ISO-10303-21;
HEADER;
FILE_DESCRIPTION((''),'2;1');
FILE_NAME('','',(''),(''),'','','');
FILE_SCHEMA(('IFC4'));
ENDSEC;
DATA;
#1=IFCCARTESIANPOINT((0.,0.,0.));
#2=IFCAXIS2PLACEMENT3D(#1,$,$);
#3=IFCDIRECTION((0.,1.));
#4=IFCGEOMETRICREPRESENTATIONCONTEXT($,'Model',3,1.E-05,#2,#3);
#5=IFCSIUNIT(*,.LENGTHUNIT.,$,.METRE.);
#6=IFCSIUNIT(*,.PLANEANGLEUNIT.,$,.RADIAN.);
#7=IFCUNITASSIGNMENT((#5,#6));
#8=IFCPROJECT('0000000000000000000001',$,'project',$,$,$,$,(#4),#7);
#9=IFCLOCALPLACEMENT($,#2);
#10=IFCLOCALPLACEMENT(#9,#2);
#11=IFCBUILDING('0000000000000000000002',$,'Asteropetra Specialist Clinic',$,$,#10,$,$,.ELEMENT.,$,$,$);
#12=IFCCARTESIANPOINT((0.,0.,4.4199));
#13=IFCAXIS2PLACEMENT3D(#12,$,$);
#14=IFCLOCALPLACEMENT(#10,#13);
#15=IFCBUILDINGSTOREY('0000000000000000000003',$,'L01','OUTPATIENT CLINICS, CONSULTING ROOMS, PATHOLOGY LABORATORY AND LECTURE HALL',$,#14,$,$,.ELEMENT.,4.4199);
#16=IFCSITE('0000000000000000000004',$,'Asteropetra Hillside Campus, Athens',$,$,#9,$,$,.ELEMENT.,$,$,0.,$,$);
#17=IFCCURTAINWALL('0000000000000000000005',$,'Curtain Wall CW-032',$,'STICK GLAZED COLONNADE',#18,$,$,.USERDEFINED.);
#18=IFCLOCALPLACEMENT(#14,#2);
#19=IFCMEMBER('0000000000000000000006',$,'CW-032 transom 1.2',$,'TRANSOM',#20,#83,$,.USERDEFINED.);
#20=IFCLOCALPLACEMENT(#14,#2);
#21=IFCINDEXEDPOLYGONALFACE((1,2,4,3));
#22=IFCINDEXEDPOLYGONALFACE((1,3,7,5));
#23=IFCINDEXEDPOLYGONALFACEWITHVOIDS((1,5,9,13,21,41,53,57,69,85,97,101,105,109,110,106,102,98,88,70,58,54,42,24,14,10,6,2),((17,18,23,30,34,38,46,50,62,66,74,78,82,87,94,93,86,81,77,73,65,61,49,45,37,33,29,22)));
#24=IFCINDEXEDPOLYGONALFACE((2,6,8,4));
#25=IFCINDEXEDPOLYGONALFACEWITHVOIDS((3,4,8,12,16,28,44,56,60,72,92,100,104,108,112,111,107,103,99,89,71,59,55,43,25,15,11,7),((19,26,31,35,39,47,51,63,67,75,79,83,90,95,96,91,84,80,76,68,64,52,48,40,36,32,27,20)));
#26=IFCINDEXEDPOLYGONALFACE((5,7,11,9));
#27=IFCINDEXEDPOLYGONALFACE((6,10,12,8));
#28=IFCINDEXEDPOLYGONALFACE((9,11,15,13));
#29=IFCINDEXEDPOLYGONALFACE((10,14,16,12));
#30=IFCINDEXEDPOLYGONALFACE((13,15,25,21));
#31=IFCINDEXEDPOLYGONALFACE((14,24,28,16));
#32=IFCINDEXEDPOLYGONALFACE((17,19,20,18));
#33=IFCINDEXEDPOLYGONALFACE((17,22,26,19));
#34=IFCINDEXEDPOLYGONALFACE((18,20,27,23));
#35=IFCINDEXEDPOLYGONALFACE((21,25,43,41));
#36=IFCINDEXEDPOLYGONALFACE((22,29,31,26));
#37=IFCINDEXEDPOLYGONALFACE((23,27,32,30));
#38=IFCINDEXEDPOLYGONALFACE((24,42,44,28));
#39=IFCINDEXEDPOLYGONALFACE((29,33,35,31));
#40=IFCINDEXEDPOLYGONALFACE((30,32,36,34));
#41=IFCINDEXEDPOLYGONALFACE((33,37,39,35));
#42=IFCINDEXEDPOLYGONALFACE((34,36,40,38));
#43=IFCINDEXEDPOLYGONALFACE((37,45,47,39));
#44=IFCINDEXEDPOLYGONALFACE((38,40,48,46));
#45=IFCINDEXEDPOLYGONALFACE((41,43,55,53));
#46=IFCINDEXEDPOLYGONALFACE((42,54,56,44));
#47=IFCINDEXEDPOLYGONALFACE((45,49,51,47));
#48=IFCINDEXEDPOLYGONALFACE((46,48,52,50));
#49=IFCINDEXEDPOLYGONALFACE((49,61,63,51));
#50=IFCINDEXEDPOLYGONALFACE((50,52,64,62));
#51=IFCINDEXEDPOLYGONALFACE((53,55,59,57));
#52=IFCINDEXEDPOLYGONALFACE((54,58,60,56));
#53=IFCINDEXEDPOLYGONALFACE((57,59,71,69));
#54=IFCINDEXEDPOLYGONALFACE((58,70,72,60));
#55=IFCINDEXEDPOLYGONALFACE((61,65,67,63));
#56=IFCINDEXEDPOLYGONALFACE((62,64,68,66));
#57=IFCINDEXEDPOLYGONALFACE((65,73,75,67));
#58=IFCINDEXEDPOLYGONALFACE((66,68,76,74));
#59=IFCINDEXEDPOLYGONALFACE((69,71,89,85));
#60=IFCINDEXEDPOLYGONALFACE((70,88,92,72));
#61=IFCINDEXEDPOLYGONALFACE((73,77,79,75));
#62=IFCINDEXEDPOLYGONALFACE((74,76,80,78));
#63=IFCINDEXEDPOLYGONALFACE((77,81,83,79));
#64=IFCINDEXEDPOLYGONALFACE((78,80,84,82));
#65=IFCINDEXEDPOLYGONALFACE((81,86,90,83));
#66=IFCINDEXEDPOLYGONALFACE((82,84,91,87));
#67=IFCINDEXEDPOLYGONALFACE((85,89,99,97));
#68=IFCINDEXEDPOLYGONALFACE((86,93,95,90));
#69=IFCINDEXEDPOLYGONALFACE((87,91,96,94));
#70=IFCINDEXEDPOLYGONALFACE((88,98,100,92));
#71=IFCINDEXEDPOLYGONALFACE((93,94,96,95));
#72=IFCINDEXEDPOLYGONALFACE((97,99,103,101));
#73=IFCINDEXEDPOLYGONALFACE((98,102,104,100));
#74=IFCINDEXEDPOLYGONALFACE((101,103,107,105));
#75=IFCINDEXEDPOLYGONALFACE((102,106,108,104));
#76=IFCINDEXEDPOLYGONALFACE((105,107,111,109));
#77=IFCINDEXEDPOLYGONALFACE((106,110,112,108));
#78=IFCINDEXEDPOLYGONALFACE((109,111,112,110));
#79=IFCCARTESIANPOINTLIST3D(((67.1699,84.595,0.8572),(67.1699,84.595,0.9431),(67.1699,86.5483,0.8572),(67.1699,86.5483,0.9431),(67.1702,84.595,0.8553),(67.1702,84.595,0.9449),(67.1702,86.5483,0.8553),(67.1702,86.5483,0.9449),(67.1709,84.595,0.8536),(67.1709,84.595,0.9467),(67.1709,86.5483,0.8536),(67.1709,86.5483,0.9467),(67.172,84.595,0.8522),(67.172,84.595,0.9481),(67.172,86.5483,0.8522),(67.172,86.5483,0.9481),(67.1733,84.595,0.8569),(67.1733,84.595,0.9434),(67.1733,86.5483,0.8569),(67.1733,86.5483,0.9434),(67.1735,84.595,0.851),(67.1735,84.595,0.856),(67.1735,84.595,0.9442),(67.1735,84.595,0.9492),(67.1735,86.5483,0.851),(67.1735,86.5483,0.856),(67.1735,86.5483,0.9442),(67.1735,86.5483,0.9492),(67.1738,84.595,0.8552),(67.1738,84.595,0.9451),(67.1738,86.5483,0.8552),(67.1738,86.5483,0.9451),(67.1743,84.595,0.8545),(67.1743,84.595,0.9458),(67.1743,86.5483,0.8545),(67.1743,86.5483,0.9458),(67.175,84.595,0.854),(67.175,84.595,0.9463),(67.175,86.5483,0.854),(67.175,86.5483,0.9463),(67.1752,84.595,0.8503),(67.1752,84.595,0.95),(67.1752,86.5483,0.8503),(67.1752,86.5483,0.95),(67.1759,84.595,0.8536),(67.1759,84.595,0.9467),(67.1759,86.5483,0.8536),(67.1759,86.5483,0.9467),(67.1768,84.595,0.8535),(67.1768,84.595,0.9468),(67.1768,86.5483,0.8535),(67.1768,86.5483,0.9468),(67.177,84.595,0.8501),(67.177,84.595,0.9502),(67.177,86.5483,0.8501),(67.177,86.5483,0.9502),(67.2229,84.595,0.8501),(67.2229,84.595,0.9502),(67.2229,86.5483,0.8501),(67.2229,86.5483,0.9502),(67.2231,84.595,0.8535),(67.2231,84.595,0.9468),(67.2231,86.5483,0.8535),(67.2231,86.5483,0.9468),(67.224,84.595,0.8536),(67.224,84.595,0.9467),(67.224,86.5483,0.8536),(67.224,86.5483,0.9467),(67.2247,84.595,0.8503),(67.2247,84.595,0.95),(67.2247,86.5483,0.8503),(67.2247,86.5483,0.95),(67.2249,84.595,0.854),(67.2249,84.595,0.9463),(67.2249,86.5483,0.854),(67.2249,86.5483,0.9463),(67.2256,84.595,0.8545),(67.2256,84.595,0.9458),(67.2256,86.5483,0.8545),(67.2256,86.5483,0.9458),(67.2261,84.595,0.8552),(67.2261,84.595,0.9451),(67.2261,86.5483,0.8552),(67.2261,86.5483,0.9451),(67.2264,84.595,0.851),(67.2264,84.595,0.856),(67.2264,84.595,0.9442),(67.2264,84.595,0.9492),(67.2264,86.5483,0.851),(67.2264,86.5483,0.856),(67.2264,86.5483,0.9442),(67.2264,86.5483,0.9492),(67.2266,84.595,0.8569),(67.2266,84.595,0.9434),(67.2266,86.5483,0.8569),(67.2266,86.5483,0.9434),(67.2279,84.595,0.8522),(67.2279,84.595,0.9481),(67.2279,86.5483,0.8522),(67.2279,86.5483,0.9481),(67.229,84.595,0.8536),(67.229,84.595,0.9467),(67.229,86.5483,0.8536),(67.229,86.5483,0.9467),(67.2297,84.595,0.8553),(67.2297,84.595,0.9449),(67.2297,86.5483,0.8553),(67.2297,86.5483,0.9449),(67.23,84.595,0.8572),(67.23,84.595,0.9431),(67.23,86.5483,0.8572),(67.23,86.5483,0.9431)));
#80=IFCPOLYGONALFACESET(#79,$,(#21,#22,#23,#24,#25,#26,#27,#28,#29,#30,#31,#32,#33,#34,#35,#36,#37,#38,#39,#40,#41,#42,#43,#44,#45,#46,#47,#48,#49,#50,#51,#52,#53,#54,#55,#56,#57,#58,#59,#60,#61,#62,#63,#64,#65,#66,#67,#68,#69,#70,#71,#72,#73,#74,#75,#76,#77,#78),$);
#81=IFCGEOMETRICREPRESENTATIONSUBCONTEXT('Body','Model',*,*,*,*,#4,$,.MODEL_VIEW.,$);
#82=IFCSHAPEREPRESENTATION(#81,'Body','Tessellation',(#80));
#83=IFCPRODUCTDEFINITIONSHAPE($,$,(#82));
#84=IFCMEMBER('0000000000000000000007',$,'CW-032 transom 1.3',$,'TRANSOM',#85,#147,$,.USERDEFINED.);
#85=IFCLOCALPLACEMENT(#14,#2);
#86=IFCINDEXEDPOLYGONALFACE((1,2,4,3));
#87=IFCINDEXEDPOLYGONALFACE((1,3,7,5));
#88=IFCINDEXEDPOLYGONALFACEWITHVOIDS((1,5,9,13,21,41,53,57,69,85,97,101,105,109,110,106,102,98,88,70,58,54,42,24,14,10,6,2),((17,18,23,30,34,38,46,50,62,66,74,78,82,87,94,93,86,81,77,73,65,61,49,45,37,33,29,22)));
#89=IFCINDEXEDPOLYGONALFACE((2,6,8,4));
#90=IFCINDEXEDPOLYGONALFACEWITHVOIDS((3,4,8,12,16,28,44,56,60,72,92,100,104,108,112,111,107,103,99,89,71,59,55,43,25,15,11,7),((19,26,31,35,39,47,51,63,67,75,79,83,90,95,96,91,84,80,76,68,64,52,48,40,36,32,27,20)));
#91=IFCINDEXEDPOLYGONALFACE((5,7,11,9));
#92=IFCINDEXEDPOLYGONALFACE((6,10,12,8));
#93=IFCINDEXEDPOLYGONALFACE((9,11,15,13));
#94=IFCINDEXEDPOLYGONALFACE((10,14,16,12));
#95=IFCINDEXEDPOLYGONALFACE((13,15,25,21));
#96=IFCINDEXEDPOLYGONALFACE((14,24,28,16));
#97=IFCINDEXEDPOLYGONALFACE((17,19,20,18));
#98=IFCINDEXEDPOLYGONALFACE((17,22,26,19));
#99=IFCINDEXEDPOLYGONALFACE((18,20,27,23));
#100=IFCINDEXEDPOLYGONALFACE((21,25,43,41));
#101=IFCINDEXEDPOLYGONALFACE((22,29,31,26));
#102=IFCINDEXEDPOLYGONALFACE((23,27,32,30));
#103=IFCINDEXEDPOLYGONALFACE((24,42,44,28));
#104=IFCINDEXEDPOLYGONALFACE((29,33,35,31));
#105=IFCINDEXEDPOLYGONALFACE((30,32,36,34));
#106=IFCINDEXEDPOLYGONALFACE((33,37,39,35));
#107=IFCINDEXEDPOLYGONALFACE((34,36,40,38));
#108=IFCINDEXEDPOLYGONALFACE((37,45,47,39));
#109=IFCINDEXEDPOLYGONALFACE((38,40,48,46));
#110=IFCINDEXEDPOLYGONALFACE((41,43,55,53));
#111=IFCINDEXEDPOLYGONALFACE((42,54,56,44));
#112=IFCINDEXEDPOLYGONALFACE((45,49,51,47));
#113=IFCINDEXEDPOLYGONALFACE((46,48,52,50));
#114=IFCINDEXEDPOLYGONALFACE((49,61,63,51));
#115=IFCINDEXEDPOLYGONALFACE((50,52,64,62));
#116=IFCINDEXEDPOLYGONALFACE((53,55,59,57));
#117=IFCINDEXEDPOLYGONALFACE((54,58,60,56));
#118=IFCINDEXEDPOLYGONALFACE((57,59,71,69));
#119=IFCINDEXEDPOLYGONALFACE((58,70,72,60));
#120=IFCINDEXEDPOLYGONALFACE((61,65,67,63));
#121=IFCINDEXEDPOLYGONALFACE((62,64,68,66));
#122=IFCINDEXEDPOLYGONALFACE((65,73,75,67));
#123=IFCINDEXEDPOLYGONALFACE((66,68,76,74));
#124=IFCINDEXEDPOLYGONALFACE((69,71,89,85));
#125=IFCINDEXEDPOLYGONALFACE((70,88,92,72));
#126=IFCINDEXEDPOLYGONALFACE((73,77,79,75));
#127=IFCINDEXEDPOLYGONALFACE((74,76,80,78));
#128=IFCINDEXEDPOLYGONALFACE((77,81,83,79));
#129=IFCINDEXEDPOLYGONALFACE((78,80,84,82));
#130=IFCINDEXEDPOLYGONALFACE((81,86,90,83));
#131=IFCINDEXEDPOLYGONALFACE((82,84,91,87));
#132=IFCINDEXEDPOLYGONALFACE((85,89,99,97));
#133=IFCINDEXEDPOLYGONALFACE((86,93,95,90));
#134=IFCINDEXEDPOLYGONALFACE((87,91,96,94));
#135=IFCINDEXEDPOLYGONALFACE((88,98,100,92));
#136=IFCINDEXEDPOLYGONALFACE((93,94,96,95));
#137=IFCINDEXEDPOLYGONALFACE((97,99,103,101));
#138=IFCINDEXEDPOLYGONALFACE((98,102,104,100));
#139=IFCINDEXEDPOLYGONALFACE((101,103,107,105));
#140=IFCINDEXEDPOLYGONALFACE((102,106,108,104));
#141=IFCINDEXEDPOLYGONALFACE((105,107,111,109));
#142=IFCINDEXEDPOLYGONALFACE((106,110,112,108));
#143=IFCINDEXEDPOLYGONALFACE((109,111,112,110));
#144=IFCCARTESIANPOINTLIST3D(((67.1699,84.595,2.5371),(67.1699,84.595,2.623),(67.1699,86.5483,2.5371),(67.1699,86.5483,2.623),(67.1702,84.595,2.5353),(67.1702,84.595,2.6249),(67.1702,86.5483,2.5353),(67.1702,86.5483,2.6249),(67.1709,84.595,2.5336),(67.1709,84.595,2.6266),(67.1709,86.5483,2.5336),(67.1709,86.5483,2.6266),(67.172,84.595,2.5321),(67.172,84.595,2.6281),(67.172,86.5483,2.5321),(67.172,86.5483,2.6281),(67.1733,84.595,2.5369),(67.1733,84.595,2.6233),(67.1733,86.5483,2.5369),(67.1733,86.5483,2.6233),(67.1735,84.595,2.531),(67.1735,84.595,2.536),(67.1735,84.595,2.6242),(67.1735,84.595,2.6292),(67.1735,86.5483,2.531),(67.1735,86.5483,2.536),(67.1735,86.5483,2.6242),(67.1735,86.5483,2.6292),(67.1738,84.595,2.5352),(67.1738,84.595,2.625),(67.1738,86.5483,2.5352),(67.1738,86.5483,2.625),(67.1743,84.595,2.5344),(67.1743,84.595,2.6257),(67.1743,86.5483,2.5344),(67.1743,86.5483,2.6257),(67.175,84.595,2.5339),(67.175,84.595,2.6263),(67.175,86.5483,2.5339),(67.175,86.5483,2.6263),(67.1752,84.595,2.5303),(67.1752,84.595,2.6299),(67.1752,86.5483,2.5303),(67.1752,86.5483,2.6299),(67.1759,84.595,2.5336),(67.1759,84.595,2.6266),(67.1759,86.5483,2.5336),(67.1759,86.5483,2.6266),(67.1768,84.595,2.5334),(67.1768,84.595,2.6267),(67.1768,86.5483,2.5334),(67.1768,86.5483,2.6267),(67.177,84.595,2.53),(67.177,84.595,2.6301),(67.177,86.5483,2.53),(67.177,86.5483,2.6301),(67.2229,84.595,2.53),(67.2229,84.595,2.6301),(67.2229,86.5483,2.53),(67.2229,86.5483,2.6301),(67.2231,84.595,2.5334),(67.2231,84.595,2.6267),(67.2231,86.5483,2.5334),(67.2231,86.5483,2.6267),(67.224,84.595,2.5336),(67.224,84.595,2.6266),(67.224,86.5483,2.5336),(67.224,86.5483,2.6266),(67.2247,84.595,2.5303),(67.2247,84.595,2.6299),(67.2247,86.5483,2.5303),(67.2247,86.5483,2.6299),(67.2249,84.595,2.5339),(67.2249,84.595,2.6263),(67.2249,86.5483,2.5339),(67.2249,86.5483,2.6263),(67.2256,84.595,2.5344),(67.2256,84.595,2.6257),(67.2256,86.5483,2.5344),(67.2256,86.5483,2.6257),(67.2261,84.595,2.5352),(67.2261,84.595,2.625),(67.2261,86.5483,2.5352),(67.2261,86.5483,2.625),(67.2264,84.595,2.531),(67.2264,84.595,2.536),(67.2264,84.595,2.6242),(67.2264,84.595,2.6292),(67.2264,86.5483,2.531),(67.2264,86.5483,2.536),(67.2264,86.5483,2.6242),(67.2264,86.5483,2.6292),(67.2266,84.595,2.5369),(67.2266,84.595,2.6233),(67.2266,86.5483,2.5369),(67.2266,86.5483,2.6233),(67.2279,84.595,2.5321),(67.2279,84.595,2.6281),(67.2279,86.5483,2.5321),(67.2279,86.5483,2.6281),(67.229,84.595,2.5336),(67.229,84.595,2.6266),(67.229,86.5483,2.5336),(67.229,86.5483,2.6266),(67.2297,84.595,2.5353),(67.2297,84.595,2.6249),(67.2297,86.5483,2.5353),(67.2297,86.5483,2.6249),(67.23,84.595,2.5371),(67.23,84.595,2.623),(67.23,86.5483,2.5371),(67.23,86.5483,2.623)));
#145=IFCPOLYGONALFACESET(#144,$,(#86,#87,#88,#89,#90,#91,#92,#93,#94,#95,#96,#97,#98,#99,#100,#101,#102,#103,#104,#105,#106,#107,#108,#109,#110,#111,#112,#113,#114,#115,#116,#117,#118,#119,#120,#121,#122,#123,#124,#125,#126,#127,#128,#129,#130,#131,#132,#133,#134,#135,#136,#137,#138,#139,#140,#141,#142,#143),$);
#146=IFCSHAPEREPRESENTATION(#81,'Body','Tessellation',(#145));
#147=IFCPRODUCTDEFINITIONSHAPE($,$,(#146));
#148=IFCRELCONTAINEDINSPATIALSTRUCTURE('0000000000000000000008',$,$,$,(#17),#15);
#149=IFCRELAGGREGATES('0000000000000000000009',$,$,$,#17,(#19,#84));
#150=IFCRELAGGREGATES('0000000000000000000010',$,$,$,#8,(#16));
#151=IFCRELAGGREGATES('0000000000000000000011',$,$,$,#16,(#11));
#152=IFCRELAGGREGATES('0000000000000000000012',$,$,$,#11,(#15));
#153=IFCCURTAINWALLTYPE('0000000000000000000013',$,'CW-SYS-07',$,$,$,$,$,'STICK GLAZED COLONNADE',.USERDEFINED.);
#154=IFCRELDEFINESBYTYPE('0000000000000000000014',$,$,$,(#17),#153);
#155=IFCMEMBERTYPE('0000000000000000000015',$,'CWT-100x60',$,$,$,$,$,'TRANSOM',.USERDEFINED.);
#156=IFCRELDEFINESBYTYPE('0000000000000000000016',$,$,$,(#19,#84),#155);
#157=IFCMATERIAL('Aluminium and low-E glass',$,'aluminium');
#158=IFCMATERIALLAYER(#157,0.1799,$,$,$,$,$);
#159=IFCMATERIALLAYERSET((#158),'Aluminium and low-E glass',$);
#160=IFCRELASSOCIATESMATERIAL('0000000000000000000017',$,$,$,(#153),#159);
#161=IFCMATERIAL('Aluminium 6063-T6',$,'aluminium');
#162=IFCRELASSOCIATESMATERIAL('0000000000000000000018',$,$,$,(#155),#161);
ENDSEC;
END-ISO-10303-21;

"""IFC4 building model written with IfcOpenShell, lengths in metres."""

from ifc_helpers import new_model, si_unit, direction, frame, origin, origin_2d, place, context, subcontext, project, spatial, hollow_rectangle, extrude, material, layer, layer_set, material_profile, profile_set, type_object, element, aggregate, save


model = new_model("IFC4")

# Units and contexts
model_context = context("Model", 3, precision=1e-05, world=origin(), true_north=direction((0.0, 1.0)))
body_context = subcontext(model_context, "Body", "Model", "MODEL_VIEW")
ifc_project = project(units=[si_unit("LENGTHUNIT", "METRE"), si_unit("PLANEANGLEUNIT", "RADIAN")], contexts=[model_context])

# Site, building, storey
site_placement = place(None, origin())
site = spatial("IfcSite", under=ifc_project, at=site_placement, Name="Asteropetra Hillside Campus, Athens", CompositionType="ELEMENT", RefElevation=0.0)
building_placement = place(site_placement, origin())
building = spatial("IfcBuilding", under=site, at=building_placement, Name="Asteropetra Specialist Clinic", CompositionType="ELEMENT")
storey_placement = place(building_placement, frame((0.0, 0.0, 4.4199)))
storey = spatial("IfcBuildingStorey", under=building, at=storey_placement, Name="L01", Description="OUTPATIENT CLINICS, CONSULTING ROOMS, PATHOLOGY LABORATORY AND LECTURE HALL", CompositionType="ELEMENT", Elevation=4.4199)

# Curtain wall
ifc_material_1 = material(Name="Aluminium and low-E glass", Category="aluminium")
ifc_layer_1 = layer(ifc_material_1, 0.1799)
ifc_layer_set_1 = layer_set([ifc_layer_1], Name="Aluminium and low-E glass")
curtain_wall_type_1 = type_object("IfcCurtainWallType", Name="CW-SYS-07", ElementType="STICK GLAZED COLONNADE", PredefinedType="USERDEFINED", material=ifc_layer_set_1)
curtain_wall_1_placement = place(storey_placement, origin())
curtain_wall_1 = element("IfcCurtainWall", 1, at=curtain_wall_1_placement, inside=storey, type_object=curtain_wall_type_1, Name="Curtain Wall CW-032", ObjectType="STICK GLAZED COLONNADE", PredefinedType="USERDEFINED")

# Members
ifc_material_2 = material(Name="Aluminium 6063-T6", Category="aluminium")
ifc_material_profile_1 = material_profile(ifc_material_2, hollow_rectangle(XDim=0.0601, YDim=0.1001, WallThickness=0.0034, InnerFilletRadius=0.0034, OuterFilletRadius=0.0071, at=origin_2d()), Name="TRN 100x60x3.5")
ifc_profile_set_1 = profile_set([ifc_material_profile_1], Name="Aluminium 6063-T6")
member_type_1 = type_object("IfcMemberType", Name="CWT-100x60", ElementType="TRANSOM", PredefinedType="USERDEFINED", material=ifc_profile_set_1)
member_1_placement = place(storey_placement, frame((67.2, 84.595, 0.9001), z_axis=(0.0, 1.0, 0.0), x_axis=(-1.0, 0.0, 0.0)))
member_1 = element("IfcMember", 2, at=member_1_placement, type_object=member_type_1, Name="CW-032 transom 1.2", ObjectType="TRANSOM", PredefinedType="USERDEFINED", context=body_context, shape_type="SweptSolid", body=[
    extrude(hollow_rectangle(XDim=0.0601, YDim=0.1001, WallThickness=0.0034, InnerFilletRadius=0.0034, OuterFilletRadius=0.0071, at=origin_2d()), origin(), (0.0, 0.0, 1.0), 1.9534),
])
member_2_placement = place(storey_placement, frame((67.2, 84.595, 2.5801), z_axis=(0.0, 1.0, 0.0), x_axis=(-1.0, 0.0, 0.0)))
member_2 = element("IfcMember", 3, at=member_2_placement, type_object=member_type_1, Name="CW-032 transom 1.3", ObjectType="TRANSOM", PredefinedType="USERDEFINED", context=body_context, shape_type="SweptSolid", body=[
    extrude(hollow_rectangle(XDim=0.0601, YDim=0.1001, WallThickness=0.0034, InnerFilletRadius=0.0034, OuterFilletRadius=0.0071, at=origin_2d()), origin(), (0.0, 0.0, 1.0), 1.9534),
])

aggregate(curtain_wall_1, [member_1, member_2])

save(model, "model.ifc")
